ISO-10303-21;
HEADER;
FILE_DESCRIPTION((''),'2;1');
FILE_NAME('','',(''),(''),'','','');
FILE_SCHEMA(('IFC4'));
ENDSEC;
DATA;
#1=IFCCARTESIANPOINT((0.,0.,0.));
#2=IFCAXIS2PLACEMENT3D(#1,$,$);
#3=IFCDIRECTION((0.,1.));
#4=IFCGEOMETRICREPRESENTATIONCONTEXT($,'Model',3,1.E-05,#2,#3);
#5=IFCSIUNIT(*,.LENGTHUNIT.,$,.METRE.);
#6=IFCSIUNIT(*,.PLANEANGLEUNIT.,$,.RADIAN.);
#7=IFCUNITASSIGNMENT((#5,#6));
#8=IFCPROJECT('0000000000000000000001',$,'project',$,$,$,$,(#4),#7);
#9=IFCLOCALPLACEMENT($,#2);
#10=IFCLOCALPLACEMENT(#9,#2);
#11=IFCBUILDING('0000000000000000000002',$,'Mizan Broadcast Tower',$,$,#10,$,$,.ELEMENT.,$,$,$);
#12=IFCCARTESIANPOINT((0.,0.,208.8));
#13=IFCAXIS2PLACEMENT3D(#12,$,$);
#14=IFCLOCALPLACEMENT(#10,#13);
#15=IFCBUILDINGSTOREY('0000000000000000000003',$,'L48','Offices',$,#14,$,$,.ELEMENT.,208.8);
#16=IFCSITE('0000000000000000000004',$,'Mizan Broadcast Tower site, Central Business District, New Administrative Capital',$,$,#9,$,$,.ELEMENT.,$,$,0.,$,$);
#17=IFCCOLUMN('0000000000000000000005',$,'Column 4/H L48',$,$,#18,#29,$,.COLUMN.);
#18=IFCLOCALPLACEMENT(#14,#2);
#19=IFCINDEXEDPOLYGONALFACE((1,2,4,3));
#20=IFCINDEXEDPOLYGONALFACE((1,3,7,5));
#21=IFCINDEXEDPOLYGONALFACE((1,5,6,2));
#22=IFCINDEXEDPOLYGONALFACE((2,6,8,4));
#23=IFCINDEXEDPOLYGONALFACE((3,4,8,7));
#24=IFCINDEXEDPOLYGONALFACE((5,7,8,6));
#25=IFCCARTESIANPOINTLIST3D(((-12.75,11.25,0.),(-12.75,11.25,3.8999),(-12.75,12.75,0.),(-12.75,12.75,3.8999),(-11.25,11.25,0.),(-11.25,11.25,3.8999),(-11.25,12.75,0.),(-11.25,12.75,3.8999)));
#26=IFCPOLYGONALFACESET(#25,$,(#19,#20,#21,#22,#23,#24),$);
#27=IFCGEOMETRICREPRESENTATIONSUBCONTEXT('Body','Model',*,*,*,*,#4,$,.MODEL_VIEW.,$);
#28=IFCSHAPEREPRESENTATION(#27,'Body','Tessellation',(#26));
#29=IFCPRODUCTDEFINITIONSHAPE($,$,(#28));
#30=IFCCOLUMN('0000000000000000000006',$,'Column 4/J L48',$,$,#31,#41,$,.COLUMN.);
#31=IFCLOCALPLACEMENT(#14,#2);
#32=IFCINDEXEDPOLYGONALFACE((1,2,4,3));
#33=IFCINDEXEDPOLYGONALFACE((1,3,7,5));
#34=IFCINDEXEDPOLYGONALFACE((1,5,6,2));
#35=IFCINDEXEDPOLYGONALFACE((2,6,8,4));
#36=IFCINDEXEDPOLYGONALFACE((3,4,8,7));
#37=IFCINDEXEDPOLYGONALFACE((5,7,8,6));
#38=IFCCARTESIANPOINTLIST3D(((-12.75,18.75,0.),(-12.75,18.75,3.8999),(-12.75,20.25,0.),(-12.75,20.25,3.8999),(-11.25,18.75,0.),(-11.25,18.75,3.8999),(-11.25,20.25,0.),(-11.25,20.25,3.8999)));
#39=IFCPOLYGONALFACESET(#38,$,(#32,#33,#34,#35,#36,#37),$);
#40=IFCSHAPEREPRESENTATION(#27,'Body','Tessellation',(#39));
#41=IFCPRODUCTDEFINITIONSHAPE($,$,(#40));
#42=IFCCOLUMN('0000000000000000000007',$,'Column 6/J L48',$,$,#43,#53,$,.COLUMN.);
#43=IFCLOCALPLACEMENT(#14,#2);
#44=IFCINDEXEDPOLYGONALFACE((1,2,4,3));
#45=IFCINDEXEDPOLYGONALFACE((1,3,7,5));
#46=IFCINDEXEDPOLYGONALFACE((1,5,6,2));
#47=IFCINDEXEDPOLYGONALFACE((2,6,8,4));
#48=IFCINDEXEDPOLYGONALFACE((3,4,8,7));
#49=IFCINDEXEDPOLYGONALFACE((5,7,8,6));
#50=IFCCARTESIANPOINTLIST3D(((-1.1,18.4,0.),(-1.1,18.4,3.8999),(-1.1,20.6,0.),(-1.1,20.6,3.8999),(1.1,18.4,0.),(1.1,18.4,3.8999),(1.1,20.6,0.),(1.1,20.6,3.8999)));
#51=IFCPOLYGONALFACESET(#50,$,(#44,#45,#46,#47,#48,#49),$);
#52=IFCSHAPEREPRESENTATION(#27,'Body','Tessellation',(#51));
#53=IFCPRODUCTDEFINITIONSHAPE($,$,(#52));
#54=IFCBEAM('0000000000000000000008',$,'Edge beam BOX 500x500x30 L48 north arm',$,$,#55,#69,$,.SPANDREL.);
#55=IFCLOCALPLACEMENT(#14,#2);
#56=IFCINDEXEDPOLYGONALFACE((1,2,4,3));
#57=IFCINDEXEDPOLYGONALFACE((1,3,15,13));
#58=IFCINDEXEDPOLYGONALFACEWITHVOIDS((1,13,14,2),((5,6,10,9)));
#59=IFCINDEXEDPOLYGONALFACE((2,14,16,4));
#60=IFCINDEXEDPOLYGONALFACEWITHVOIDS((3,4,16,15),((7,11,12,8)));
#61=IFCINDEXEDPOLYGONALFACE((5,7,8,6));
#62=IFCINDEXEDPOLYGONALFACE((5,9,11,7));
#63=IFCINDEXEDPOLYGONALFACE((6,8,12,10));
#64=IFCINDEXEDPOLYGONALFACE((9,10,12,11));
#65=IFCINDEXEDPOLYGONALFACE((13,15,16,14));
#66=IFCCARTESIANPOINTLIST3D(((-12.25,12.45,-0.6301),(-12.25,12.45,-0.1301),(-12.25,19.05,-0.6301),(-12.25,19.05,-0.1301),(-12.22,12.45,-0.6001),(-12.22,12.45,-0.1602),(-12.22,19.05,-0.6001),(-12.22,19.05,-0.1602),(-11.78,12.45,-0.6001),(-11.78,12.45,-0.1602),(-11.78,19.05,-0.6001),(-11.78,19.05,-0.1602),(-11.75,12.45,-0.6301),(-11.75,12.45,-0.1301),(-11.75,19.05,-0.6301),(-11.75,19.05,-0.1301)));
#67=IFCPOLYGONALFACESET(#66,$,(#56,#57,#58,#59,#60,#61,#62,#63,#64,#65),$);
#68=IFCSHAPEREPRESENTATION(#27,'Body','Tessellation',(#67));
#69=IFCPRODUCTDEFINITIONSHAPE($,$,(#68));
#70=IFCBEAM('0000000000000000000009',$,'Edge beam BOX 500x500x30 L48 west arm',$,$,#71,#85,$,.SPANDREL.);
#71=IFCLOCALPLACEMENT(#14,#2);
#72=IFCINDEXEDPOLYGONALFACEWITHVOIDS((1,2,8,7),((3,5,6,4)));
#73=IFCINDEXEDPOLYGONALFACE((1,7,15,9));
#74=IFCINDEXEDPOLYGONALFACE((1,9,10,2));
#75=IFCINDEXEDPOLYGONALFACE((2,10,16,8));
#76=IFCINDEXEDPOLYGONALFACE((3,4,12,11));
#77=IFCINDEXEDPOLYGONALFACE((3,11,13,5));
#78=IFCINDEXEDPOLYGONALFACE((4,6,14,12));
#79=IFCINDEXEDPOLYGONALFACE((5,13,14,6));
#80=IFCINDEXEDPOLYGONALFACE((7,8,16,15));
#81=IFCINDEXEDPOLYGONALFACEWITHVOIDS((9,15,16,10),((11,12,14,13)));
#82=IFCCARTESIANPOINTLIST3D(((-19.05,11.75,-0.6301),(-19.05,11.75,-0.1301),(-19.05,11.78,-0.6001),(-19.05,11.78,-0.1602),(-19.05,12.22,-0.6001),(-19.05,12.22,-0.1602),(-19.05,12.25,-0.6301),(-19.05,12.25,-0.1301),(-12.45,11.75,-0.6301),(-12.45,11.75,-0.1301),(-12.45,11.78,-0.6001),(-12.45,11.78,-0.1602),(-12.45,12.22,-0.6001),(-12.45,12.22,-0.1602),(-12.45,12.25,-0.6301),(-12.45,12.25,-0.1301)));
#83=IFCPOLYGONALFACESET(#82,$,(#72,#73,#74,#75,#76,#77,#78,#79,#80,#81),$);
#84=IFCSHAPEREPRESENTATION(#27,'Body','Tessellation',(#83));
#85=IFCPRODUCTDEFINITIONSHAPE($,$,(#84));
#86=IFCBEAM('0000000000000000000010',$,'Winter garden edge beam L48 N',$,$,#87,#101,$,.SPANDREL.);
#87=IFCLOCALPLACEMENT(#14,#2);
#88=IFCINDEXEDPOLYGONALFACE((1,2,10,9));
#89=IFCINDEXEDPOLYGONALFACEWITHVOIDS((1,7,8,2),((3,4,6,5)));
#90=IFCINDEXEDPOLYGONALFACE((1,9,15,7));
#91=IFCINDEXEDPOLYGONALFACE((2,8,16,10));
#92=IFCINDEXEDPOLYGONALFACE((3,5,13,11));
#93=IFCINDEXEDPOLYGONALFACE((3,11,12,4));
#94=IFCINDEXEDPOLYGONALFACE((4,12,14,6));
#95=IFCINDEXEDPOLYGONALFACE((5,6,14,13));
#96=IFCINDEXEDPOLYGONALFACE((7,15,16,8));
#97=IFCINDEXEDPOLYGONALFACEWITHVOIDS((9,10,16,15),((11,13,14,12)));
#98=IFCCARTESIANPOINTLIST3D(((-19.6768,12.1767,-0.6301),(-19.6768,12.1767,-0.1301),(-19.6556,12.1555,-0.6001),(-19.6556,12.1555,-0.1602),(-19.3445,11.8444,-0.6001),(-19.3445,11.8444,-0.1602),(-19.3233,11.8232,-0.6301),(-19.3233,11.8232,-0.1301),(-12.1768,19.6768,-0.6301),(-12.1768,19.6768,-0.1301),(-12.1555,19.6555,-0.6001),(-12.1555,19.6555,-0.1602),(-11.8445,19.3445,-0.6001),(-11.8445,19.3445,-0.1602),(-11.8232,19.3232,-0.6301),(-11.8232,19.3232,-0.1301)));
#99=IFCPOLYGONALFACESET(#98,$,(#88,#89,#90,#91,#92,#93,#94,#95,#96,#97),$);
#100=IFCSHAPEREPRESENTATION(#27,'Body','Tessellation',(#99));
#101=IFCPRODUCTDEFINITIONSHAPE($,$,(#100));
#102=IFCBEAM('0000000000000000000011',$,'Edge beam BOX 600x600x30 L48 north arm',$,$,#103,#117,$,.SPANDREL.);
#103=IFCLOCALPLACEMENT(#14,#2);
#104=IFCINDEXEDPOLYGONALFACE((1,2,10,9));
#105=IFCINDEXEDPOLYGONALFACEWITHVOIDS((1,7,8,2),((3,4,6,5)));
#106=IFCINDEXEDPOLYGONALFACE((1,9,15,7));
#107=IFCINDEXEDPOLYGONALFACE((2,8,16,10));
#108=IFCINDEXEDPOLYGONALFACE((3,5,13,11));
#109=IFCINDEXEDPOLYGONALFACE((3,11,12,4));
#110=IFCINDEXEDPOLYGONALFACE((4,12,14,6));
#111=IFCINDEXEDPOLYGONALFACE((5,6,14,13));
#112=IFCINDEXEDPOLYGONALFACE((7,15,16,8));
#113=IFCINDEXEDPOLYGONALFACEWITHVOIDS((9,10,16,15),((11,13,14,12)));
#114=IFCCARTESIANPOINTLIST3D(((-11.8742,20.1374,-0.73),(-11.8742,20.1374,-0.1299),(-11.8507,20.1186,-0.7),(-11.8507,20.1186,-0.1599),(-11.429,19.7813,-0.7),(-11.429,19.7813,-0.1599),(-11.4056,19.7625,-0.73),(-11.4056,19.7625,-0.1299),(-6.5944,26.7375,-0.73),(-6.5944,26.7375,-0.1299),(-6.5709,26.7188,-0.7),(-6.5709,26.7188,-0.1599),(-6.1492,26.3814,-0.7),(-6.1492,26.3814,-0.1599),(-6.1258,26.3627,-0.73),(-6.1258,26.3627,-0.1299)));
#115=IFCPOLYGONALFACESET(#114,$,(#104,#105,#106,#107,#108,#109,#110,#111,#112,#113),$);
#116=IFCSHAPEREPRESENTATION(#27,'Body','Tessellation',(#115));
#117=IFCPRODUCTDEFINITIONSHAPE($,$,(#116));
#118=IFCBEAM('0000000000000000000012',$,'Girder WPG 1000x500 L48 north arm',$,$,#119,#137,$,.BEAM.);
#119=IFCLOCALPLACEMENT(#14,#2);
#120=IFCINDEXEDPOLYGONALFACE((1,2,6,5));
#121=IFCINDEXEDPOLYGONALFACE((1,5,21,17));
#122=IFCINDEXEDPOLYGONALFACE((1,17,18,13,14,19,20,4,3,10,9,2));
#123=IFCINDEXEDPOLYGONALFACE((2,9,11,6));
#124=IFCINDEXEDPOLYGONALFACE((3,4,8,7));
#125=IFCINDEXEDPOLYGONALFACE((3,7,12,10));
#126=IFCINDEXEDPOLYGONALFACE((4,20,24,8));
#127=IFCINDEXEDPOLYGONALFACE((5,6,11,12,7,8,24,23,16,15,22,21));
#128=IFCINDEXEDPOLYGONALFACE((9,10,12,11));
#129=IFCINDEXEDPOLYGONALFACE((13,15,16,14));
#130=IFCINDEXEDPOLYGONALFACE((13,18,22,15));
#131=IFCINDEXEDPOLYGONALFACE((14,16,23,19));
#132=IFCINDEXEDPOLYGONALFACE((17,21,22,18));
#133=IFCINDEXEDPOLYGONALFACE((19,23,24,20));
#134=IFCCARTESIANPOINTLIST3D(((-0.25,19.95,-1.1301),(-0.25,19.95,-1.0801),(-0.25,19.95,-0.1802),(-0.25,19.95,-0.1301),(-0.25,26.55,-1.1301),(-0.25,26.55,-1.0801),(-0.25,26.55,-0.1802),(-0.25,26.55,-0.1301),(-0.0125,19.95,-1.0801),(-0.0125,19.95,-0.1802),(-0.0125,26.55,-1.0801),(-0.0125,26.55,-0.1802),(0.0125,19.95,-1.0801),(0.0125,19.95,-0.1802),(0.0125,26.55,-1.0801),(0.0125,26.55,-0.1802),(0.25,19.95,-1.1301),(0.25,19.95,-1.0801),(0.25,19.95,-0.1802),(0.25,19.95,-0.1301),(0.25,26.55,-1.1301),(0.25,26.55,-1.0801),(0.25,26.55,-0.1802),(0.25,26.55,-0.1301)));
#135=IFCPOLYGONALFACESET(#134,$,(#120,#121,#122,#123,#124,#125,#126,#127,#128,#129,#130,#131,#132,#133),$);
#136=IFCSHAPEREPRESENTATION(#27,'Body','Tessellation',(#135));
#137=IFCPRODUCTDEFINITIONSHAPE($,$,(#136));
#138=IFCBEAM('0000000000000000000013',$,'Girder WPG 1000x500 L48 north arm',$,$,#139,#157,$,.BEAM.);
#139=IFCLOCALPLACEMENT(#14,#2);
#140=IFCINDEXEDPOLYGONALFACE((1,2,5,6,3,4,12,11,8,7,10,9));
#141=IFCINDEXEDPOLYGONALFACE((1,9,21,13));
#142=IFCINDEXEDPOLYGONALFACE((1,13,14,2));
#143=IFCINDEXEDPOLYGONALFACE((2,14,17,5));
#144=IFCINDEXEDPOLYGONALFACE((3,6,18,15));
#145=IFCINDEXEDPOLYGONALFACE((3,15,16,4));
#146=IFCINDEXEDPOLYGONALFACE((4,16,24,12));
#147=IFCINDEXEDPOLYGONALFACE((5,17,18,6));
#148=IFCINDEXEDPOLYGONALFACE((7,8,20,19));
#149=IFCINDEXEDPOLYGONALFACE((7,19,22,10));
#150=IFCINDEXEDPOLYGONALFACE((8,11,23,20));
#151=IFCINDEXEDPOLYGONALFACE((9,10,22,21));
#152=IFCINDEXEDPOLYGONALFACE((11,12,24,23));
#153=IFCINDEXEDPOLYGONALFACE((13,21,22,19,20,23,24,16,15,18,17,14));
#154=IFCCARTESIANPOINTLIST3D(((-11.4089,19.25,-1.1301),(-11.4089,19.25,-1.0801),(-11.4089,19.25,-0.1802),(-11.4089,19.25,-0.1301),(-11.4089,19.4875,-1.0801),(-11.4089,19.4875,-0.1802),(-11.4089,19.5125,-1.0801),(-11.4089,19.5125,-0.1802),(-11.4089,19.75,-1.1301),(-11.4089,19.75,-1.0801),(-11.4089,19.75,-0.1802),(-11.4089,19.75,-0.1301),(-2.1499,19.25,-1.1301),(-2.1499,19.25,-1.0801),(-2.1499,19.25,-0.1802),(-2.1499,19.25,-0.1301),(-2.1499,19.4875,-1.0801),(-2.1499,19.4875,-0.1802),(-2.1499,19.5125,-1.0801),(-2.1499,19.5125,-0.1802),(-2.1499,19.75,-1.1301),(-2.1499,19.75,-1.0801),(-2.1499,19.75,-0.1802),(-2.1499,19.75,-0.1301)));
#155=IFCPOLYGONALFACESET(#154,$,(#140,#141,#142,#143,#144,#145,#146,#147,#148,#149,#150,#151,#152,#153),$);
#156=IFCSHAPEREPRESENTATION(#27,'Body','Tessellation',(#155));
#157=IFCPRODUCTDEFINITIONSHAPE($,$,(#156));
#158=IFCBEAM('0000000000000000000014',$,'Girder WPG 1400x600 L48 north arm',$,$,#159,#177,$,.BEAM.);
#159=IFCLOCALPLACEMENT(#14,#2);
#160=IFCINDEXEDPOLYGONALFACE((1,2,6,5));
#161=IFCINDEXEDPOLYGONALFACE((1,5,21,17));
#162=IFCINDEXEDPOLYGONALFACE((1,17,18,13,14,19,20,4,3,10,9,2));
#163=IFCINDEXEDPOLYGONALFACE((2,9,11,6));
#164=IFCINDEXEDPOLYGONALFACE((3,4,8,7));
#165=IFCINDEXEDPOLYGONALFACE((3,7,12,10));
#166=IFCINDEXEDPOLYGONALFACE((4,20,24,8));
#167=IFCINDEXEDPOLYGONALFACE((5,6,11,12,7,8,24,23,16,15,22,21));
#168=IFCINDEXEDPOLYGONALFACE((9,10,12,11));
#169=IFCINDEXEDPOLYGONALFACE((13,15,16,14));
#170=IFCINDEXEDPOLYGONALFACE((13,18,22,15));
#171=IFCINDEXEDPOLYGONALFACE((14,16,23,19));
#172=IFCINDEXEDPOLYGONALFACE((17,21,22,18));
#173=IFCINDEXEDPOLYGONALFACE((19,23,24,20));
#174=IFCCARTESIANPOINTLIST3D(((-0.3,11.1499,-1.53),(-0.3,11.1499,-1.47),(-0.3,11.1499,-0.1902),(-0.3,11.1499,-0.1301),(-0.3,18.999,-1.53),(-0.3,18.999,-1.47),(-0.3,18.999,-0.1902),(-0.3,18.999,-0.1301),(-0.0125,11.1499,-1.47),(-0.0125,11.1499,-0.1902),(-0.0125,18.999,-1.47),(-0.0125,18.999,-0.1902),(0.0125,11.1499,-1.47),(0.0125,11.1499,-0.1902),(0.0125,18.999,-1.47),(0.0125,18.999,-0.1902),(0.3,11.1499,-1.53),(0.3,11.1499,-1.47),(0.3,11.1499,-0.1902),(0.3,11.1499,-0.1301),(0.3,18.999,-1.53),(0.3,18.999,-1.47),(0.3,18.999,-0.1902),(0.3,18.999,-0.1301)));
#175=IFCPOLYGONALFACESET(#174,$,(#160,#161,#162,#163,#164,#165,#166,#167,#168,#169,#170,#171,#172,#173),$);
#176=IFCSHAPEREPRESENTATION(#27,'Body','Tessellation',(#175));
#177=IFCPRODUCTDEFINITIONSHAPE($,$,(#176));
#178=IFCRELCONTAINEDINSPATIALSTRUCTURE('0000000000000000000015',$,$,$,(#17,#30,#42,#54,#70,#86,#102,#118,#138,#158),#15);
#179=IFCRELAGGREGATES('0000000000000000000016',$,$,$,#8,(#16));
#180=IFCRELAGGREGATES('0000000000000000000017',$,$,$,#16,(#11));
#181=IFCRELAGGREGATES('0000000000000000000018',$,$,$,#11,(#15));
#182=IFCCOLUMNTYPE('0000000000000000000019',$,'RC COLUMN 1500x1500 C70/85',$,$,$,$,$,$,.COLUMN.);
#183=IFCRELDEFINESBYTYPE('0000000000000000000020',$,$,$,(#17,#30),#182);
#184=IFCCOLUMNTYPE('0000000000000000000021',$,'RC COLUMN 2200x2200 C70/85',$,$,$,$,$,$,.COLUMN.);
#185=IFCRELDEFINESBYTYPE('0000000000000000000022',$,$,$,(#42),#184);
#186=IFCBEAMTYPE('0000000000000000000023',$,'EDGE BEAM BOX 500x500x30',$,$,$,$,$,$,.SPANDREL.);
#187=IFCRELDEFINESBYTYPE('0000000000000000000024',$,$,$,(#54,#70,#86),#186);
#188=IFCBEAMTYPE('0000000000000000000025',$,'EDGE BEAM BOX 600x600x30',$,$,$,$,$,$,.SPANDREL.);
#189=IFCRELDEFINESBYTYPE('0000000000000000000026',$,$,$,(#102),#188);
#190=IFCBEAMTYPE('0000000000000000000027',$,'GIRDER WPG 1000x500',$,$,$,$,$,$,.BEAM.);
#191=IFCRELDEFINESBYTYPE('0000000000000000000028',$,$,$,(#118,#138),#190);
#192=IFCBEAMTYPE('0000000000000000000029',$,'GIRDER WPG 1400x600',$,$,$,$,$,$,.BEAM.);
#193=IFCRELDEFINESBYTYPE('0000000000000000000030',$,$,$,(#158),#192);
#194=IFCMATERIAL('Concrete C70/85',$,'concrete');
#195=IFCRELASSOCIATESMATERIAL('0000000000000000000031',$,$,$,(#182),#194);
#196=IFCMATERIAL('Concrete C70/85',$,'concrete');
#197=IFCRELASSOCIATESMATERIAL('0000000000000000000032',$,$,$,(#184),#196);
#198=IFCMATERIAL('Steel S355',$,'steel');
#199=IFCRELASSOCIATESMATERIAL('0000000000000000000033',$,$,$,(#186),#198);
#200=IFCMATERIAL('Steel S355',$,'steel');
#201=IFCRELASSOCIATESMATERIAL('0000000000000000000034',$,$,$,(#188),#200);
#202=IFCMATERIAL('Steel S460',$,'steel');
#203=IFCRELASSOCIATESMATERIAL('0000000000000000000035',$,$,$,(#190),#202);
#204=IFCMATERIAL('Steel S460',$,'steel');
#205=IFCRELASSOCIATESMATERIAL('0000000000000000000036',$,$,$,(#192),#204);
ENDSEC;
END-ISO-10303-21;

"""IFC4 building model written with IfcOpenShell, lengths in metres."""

from ifc_helpers import new_model, si_unit, direction, frame, origin, origin_2d, place, context, subcontext, project, spatial, rectangle, hollow_rectangle, i_section, extrude, material, material_profile, profile_set, type_object, element, save


model = new_model("IFC4")

# Units and contexts
model_context = context("Model", 3, precision=1e-05, world=origin(), true_north=direction((0.0, 1.0)))
body_context = subcontext(model_context, "Body", "Model", "MODEL_VIEW")
ifc_project = project(units=[si_unit("LENGTHUNIT", "METRE"), si_unit("PLANEANGLEUNIT", "RADIAN")], contexts=[model_context])

# Site, building, storey
site_placement = place(None, origin())
site = spatial("IfcSite", under=ifc_project, at=site_placement, Name="Mizan Broadcast Tower site, Central Business District, New Administrative Capital", CompositionType="ELEMENT", RefElevation=0.0)
building_placement = place(site_placement, origin())
building = spatial("IfcBuilding", under=site, at=building_placement, Name="Mizan Broadcast Tower", CompositionType="ELEMENT")
storey_placement = place(building_placement, frame((0.0, 0.0, 208.8)))
storey = spatial("IfcBuildingStorey", under=building, at=storey_placement, Name="L48", Description="Offices", CompositionType="ELEMENT", Elevation=208.8)

# Columns
ifc_material_1 = material(Name="Concrete C70/85", Category="concrete")
ifc_material_profile_1 = material_profile(ifc_material_1, rectangle(XDim=1.5, YDim=1.5, at=origin_2d()), Name="RC 1500x1500")
ifc_profile_set_1 = profile_set([ifc_material_profile_1], Name="Concrete C70/85")
column_type_1 = type_object("IfcColumnType", Name="RC COLUMN 1500x1500 C70/85", PredefinedType="COLUMN", material=ifc_profile_set_1)
for number, where, z_axis, x_axis, name in (
    (1, (-12.0, 12.0, 0.0), (0.0, 0.0, 1.0), (1.0, 0.0, 0.0), "Column 4/H L48"),
    (2, (-12.0, 19.5, 0.0), (0.0, 0.0, 1.0), (1.0, 0.0, 0.0), "Column 4/J L48"),
):
    element("IfcColumn", number, at=place(storey_placement, frame(where, z_axis=z_axis, x_axis=x_axis)), inside=storey, type_object=column_type_1, Name=name, PredefinedType="COLUMN", context=body_context, shape_type="SweptSolid", body=[
        extrude(rectangle(XDim=1.5, YDim=1.5, at=origin_2d()), origin(), (0.0, 0.0, 1.0), 3.8999),
    ])
ifc_material_2 = material(Name="Concrete C70/85", Category="concrete")
ifc_material_profile_2 = material_profile(ifc_material_2, rectangle(XDim=2.2, YDim=2.2, at=origin_2d()), Name="RC 2200x2200")
ifc_profile_set_2 = profile_set([ifc_material_profile_2], Name="Concrete C70/85")
column_type_2 = type_object("IfcColumnType", Name="RC COLUMN 2200x2200 C70/85", PredefinedType="COLUMN", material=ifc_profile_set_2)
column_placement = place(storey_placement, frame((0.0, 19.5, 0.0), z_axis=(0.0, 0.0, 1.0), x_axis=(1.0, 0.0, 0.0)))
element("IfcColumn", 3, at=column_placement, inside=storey, type_object=column_type_2, Name="Column 6/J L48", PredefinedType="COLUMN", context=body_context, shape_type="SweptSolid", body=[
    extrude(rectangle(XDim=2.2, YDim=2.2, at=origin_2d()), origin(), (0.0, 0.0, 1.0), 3.8999),
])

# Beams
ifc_material_3 = material(Name="Steel S355", Category="steel")
ifc_material_profile_3 = material_profile(ifc_material_3, hollow_rectangle(XDim=0.5, YDim=0.5, WallThickness=0.03, at=origin_2d()), Name="BOX 500x500x30")
ifc_profile_set_3 = profile_set([ifc_material_profile_3], Name="Steel S355")
beam_type_1 = type_object("IfcBeamType", Name="EDGE BEAM BOX 500x500x30", PredefinedType="SPANDREL", material=ifc_profile_set_3)
for number, where, z_axis, x_axis, name in (
    (4, (-12.0, 12.45, -0.3801), (0.0, 1.0, 0.0), (-1.0, 0.0, 0.0), "Edge beam BOX 500x500x30 L48 north arm"),
    (5, (-12.45, 12.0, -0.3801), (-1.0, 0.0, 0.0), (0.0, -1.0, 0.0), "Edge beam BOX 500x500x30 L48 west arm"),
):
    element("IfcBeam", number, at=place(storey_placement, frame(where, z_axis=z_axis, x_axis=x_axis)), inside=storey, type_object=beam_type_1, Name=name, PredefinedType="SPANDREL", context=body_context, shape_type="SweptSolid", body=[
        extrude(hollow_rectangle(XDim=0.5, YDim=0.5, WallThickness=0.03, at=origin_2d()), origin(), (0.0, 0.0, 1.0), 6.6001),
    ])
beam_1_placement = place(storey_placement, frame((-12.0, 19.5, -0.3801), z_axis=(-0.707107, -0.707107, 0.0), x_axis=(0.707107, -0.707107, 0.0)))
element("IfcBeam", 6, at=beam_1_placement, inside=storey, type_object=beam_type_1, Name="Winter garden edge beam L48 N", PredefinedType="SPANDREL", context=body_context, shape_type="SweptSolid", body=[
    extrude(hollow_rectangle(XDim=0.5, YDim=0.5, WallThickness=0.03, at=origin_2d()), origin(), (0.0, 0.0, 1.0), 10.6067),
])
ifc_material_4 = material(Name="Steel S355", Category="steel")
ifc_material_profile_4 = material_profile(ifc_material_4, hollow_rectangle(XDim=0.6001, YDim=0.6001, WallThickness=0.03, at=origin_2d()), Name="BOX 600x600x30")
ifc_profile_set_4 = profile_set([ifc_material_profile_4], Name="Steel S355")
beam_type_2 = type_object("IfcBeamType", Name="EDGE BEAM BOX 600x600x30", PredefinedType="SPANDREL", material=ifc_profile_set_4)
beam_2_placement = place(storey_placement, frame((-11.6399, 19.95, -0.4299), z_axis=(0.624674, 0.780886, 0.0), x_axis=(-0.780886, 0.624674, 0.0)))
element("IfcBeam", 7, at=beam_2_placement, inside=storey, type_object=beam_type_2, Name="Edge beam BOX 600x600x30 L48 north arm", PredefinedType="SPANDREL", context=body_context, shape_type="SweptSolid", body=[
    extrude(hollow_rectangle(XDim=0.6001, YDim=0.6001, WallThickness=0.03, at=origin_2d()), origin(), (0.0, 0.0, 1.0), 8.4521),
])
ifc_material_5 = material(Name="Steel S460", Category="steel")
ifc_material_profile_5 = material_profile(ifc_material_5, i_section(OverallWidth=0.5, OverallDepth=1.0, WebThickness=0.0249, FlangeThickness=0.05, at=origin_2d()), Name="WPG 1000x500")
ifc_profile_set_5 = profile_set([ifc_material_profile_5], Name="Steel S460")
beam_type_3 = type_object("IfcBeamType", Name="GIRDER WPG 1000x500", PredefinedType="BEAM", material=ifc_profile_set_5)
beam_3_placement = place(storey_placement, frame((0.0, 19.95, -0.6301), z_axis=(0.0, 1.0, 0.0), x_axis=(-1.0, 0.0, 0.0)))
element("IfcBeam", 8, at=beam_3_placement, inside=storey, type_object=beam_type_3, Name="Girder WPG 1000x500 L48 north arm", PredefinedType="BEAM", context=body_context, shape_type="SweptSolid", body=[
    extrude(i_section(OverallWidth=0.5, OverallDepth=1.0, WebThickness=0.0249, FlangeThickness=0.05, at=origin_2d()), origin(), (0.0, 0.0, 1.0), 6.6001),
])
beam_4_placement = place(storey_placement, frame((-11.4089, 19.5, -0.6301), z_axis=(1.0, 0.0, 0.0), x_axis=(0.0, 1.0, 0.0)))
element("IfcBeam", 9, at=beam_4_placement, inside=storey, type_object=beam_type_3, Name="Girder WPG 1000x500 L48 north arm", PredefinedType="BEAM", context=body_context, shape_type="SweptSolid", body=[
    extrude(i_section(OverallWidth=0.5, OverallDepth=1.0, WebThickness=0.0249, FlangeThickness=0.05, at=origin_2d()), origin(), (0.0, 0.0, 1.0), 9.259),
])
ifc_material_6 = material(Name="Steel S460", Category="steel")
ifc_material_profile_6 = material_profile(ifc_material_6, i_section(OverallWidth=0.6001, OverallDepth=1.3999, WebThickness=0.0249, FlangeThickness=0.0601, at=origin_2d()), Name="WPG 1400x600")
ifc_profile_set_6 = profile_set([ifc_material_profile_6], Name="Steel S460")
beam_type_4 = type_object("IfcBeamType", Name="GIRDER WPG 1400x600", PredefinedType="BEAM", material=ifc_profile_set_6)
for number, where, z_axis, x_axis, name in (
    (10, (0.0, 11.1499, -0.8301), (0.0, 1.0, 0.0), (-1.0, 0.0, 0.0), "Girder WPG 1400x600 L48 north arm"),
):
    element("IfcBeam", number, at=place(storey_placement, frame(where, z_axis=z_axis, x_axis=x_axis)), inside=storey, type_object=beam_type_4, Name=name, PredefinedType="BEAM", context=body_context, shape_type="SweptSolid", body=[
        extrude(i_section(OverallWidth=0.6001, OverallDepth=1.3999, WebThickness=0.0249, FlangeThickness=0.0601, at=origin_2d()), origin(), (0.0, 0.0, 1.0), 7.8491),
    ])

save(model, "model.ifc")
